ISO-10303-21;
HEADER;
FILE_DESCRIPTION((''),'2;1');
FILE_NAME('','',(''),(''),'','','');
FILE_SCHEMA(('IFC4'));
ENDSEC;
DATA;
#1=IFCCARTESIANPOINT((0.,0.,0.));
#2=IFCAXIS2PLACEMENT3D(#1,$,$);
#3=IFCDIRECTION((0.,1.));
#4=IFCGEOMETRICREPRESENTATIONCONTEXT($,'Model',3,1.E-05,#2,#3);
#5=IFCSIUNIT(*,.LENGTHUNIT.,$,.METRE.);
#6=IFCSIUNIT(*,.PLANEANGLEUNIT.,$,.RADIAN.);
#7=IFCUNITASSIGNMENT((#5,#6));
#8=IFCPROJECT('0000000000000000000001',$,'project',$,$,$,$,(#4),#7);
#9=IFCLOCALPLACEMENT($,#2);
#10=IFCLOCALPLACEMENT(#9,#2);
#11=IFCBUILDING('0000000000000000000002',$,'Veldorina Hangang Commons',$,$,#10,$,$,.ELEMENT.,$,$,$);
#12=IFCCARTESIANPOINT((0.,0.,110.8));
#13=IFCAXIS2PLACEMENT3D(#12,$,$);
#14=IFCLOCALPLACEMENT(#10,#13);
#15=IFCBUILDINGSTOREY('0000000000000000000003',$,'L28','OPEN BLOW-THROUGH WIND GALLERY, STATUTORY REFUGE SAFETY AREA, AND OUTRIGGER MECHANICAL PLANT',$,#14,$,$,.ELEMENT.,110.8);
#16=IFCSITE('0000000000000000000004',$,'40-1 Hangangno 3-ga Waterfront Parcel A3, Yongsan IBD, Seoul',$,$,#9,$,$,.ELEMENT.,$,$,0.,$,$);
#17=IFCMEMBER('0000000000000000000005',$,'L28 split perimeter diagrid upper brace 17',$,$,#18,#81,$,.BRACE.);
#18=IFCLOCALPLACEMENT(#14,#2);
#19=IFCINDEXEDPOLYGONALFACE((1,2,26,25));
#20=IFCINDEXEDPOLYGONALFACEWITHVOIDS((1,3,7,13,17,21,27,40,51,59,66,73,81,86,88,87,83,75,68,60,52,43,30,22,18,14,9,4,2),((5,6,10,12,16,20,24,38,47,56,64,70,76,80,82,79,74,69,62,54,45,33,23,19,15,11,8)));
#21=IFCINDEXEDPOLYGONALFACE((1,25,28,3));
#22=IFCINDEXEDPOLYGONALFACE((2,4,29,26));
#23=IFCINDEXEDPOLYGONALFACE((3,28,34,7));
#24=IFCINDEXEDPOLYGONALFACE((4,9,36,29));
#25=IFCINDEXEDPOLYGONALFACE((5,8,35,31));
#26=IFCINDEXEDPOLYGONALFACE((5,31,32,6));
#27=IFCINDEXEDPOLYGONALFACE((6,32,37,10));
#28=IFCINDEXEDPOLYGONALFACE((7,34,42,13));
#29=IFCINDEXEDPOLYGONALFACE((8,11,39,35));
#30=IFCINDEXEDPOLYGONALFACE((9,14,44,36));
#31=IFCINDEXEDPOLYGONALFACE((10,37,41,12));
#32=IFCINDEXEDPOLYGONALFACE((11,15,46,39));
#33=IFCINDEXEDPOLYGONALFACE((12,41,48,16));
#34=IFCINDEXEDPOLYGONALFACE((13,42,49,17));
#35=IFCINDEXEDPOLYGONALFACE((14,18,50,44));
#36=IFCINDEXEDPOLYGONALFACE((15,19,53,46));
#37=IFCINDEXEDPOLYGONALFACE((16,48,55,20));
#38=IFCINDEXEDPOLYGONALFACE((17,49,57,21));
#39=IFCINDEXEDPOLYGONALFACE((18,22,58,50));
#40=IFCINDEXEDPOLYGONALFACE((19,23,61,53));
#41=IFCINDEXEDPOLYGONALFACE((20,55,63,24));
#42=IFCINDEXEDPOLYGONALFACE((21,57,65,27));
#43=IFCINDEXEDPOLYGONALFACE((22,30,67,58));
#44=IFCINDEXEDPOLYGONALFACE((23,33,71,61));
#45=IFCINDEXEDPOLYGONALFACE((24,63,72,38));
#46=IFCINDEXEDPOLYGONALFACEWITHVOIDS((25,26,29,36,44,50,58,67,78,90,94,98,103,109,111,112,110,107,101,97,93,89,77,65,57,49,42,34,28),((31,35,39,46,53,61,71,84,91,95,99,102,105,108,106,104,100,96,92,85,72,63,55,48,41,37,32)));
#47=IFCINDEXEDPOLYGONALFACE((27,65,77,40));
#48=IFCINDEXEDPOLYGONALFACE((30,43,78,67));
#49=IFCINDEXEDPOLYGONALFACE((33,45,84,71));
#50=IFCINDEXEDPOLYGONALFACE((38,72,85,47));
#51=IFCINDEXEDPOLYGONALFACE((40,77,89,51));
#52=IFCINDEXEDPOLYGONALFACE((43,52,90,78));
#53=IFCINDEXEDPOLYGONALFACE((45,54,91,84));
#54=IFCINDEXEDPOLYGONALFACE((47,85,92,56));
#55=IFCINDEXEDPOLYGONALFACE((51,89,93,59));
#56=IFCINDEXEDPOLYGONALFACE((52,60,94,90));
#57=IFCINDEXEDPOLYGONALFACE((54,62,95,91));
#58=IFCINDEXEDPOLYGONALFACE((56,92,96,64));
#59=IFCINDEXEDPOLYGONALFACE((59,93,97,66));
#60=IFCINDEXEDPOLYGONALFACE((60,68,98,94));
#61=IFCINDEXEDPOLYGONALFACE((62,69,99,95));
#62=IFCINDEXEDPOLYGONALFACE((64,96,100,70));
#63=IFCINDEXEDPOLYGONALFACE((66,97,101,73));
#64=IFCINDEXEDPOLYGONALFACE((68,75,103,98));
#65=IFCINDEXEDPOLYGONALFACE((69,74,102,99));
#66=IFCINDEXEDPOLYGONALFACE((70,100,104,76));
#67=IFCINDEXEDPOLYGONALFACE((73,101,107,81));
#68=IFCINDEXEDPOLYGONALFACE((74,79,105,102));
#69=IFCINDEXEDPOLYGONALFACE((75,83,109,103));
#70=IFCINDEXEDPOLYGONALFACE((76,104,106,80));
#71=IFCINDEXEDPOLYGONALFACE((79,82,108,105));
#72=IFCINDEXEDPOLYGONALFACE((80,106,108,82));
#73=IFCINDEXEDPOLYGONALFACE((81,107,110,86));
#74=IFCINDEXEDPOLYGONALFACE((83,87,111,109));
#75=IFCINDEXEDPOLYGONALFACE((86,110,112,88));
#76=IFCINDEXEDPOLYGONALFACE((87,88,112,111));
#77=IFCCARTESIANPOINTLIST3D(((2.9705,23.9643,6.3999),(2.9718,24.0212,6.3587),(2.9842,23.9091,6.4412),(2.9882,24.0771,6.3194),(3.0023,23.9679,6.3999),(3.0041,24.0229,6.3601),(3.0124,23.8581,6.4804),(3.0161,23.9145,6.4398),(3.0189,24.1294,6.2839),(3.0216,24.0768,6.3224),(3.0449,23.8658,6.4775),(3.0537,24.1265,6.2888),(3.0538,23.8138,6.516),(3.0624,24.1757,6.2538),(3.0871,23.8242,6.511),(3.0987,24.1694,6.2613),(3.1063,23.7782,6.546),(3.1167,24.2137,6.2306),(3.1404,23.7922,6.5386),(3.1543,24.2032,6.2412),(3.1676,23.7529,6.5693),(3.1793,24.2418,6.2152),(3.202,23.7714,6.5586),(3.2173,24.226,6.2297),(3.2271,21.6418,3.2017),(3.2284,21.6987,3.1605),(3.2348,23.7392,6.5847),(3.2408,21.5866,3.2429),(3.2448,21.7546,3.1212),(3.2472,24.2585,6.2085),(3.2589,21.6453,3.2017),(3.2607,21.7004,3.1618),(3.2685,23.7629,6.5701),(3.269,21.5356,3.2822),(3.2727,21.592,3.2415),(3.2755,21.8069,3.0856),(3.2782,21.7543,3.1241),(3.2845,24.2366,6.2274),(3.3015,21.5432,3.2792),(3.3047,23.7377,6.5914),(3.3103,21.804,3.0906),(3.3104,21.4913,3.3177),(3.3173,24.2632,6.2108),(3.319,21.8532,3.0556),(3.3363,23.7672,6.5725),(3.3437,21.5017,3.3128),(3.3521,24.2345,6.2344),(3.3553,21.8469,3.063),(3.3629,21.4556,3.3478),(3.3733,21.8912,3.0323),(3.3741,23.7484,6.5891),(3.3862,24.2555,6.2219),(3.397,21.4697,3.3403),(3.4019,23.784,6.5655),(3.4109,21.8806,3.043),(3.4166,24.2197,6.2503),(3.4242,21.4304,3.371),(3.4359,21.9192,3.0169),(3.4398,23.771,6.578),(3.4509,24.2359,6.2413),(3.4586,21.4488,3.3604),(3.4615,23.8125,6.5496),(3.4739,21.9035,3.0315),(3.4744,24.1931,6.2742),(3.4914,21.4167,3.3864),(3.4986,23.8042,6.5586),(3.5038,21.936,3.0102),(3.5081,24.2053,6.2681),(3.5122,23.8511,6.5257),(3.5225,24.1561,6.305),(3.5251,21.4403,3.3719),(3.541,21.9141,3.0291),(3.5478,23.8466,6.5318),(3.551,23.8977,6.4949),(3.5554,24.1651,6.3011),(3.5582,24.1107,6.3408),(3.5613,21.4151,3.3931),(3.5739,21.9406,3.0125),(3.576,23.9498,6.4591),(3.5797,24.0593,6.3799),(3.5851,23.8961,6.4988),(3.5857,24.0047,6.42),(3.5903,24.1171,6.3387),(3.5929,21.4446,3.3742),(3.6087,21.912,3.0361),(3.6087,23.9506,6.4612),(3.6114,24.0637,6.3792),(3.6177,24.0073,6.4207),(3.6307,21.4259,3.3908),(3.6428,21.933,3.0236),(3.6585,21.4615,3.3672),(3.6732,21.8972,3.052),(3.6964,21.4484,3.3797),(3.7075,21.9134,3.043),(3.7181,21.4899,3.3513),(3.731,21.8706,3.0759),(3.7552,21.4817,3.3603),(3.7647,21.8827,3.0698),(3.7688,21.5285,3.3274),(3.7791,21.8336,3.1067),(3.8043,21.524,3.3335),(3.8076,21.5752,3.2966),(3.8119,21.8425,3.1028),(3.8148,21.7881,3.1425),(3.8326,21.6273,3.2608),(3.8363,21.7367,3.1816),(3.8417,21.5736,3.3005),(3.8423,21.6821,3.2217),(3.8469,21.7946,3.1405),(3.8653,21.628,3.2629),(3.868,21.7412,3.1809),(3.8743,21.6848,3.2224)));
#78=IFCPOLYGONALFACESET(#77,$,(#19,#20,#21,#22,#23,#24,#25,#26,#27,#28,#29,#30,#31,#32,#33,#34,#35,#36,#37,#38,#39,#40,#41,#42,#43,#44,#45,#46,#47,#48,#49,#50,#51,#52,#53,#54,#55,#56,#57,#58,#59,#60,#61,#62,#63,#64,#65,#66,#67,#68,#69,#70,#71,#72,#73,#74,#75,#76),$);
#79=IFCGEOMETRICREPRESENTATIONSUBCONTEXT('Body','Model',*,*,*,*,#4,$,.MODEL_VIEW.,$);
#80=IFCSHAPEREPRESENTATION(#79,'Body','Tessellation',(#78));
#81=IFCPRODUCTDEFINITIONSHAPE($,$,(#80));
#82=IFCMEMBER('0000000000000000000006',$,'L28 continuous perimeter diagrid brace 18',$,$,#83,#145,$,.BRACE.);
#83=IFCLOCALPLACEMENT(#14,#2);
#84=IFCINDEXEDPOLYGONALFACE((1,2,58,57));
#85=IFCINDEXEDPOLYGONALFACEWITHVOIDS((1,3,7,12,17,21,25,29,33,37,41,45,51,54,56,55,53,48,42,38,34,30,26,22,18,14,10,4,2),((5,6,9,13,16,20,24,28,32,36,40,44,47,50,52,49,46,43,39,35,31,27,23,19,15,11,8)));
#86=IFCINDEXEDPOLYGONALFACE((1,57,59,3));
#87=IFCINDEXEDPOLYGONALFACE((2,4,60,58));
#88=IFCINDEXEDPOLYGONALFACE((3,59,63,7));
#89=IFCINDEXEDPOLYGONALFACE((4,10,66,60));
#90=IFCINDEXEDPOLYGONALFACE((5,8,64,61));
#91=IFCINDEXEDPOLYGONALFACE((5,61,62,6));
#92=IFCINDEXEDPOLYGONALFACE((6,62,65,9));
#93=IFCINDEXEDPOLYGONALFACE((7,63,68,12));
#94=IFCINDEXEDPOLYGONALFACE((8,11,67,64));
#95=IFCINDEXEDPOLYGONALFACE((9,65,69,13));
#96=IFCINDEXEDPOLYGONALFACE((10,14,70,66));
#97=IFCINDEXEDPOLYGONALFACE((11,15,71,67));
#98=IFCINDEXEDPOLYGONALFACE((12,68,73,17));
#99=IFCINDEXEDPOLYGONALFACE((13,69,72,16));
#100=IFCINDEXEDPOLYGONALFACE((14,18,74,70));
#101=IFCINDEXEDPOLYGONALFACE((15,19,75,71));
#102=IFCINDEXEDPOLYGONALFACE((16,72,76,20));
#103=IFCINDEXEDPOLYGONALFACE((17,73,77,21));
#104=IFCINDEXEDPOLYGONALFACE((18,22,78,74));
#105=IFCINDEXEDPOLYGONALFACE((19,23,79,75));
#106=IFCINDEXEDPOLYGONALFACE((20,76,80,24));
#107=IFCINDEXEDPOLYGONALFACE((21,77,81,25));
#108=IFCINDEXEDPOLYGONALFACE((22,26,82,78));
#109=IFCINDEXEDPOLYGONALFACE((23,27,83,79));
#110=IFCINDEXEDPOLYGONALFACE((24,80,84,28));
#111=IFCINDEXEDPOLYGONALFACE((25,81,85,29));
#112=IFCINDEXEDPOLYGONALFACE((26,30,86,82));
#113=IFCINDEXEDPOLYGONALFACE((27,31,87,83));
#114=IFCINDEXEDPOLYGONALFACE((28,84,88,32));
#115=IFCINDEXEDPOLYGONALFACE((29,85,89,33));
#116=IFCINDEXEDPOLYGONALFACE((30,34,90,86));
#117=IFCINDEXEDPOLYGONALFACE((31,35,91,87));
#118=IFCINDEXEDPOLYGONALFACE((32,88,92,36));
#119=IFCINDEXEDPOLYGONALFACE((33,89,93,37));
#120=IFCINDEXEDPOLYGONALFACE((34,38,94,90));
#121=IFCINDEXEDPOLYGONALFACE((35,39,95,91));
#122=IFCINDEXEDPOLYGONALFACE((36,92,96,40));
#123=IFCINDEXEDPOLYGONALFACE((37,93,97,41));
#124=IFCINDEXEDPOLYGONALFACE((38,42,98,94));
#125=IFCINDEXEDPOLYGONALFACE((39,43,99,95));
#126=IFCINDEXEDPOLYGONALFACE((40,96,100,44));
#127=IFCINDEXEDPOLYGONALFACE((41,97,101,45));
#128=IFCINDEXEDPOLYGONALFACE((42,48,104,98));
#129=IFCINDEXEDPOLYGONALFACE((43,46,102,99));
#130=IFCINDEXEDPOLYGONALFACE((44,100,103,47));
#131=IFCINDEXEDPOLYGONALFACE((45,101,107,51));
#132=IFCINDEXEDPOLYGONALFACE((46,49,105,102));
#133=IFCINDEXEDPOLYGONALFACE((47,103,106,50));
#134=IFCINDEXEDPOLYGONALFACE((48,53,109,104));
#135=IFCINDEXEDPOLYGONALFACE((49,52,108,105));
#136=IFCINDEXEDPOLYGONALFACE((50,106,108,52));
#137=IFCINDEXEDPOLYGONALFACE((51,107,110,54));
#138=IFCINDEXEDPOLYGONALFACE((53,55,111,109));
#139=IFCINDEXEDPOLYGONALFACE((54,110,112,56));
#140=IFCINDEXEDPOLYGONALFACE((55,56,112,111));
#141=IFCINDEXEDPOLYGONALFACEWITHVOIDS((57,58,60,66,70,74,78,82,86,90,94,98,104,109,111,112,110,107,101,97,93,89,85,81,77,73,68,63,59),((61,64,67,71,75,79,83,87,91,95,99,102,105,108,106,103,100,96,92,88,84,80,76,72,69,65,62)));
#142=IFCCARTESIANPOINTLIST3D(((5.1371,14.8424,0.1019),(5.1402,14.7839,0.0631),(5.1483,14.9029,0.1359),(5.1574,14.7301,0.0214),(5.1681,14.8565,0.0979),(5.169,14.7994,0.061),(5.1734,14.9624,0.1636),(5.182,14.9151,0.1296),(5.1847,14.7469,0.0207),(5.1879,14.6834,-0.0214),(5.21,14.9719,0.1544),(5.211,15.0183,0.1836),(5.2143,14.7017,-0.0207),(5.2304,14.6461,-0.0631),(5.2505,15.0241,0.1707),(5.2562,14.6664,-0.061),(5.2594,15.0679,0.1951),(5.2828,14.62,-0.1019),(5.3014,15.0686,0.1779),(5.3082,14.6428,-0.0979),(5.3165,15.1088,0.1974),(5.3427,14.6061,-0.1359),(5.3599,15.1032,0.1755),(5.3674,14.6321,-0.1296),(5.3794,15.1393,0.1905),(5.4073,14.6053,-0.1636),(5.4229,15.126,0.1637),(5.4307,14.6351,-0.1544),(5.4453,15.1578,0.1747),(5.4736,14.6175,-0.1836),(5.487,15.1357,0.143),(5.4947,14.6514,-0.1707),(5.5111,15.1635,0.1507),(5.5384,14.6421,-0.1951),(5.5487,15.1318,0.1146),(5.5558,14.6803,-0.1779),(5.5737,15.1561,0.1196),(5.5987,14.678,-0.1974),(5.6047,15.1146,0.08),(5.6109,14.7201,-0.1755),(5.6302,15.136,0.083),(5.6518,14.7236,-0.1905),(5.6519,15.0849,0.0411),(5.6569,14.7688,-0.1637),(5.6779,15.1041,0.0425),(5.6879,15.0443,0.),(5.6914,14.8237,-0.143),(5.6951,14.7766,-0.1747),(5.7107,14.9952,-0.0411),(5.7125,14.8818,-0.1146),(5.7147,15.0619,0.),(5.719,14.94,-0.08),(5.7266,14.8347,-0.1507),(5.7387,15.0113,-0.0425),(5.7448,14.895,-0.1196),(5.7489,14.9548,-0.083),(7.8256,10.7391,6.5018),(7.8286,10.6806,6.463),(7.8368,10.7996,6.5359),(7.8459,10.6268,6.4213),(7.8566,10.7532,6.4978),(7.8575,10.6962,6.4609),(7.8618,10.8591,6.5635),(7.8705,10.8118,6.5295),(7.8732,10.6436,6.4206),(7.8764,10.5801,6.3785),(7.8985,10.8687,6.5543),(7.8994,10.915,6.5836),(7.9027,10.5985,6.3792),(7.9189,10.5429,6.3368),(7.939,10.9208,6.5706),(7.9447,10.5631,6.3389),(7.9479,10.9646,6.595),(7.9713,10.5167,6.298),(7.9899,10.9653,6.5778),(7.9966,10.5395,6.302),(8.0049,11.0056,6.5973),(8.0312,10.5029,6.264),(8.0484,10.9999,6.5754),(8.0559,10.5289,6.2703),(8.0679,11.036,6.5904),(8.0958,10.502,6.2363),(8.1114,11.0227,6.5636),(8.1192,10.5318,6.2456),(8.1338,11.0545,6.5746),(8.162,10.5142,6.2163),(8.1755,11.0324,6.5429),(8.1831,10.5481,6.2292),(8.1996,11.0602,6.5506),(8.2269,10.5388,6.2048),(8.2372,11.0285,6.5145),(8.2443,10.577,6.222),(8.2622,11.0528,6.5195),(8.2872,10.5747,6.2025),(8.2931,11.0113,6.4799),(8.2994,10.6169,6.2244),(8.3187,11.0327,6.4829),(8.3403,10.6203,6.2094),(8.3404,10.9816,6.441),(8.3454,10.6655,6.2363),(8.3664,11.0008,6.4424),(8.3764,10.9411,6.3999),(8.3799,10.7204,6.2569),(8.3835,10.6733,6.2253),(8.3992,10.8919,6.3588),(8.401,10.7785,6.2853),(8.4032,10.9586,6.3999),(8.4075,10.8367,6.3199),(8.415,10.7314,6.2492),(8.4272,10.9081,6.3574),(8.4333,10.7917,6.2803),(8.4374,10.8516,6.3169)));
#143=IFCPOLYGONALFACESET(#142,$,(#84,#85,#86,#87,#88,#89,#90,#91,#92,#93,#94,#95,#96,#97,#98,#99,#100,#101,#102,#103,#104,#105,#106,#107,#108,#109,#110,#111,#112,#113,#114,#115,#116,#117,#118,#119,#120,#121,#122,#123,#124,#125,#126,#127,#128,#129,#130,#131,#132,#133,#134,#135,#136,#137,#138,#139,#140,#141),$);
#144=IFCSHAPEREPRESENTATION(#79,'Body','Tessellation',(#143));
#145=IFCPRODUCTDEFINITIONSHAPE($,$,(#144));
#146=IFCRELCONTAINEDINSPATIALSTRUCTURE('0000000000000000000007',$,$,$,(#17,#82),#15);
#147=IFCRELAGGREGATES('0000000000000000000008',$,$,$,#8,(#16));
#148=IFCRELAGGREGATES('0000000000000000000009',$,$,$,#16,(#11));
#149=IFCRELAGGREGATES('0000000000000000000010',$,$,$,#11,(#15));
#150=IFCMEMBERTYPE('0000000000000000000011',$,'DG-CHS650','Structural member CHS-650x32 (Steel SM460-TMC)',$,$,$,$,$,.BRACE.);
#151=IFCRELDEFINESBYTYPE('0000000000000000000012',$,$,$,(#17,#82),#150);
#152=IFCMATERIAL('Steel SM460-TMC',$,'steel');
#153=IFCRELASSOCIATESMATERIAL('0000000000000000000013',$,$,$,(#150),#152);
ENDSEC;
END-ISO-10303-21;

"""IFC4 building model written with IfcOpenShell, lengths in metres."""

from ifc_helpers import new_model, si_unit, direction, frame, origin, origin_2d, place, context, subcontext, project, spatial, hollow_circle, extrude, material, material_profile, profile_set, type_object, element, save


model = new_model("IFC4")

# Units and contexts
model_context = context("Model", 3, precision=1e-05, world=origin(), true_north=direction((0.0, 1.0)))
body_context = subcontext(model_context, "Body", "Model", "MODEL_VIEW")
ifc_project = project(units=[si_unit("LENGTHUNIT", "METRE"), si_unit("PLANEANGLEUNIT", "RADIAN")], contexts=[model_context])

# Site, building, storey
site_placement = place(None, origin())
site = spatial("IfcSite", under=ifc_project, at=site_placement, Name="40-1 Hangangno 3-ga Waterfront Parcel A3, Yongsan IBD, Seoul", CompositionType="ELEMENT", RefElevation=0.0)
building_placement = place(site_placement, origin())
building = spatial("IfcBuilding", under=site, at=building_placement, Name="Veldorina Hangang Commons", CompositionType="ELEMENT")
storey_placement = place(building_placement, frame((0.0, 0.0, 110.8)))
storey = spatial("IfcBuildingStorey", under=building, at=storey_placement, Name="L28", Description="OPEN BLOW-THROUGH WIND GALLERY, STATUTORY REFUGE SAFETY AREA, AND OUTRIGGER MECHANICAL PLANT", CompositionType="ELEMENT", Elevation=110.8)

# Shared definitions
ifc_material_1 = material(Name="Steel SM460-TMC", Category="steel")

# Members
ifc_material_profile_1 = material_profile(ifc_material_1, hollow_circle(Radius=0.325, WallThickness=0.032, at=origin_2d()), Name="CHS-650x32")
ifc_profile_set_1 = profile_set([ifc_material_profile_1], Name="Steel SM460-TMC")
member_type_1 = type_object("IfcMemberType", Name="DG-CHS650", Description="Structural member CHS-650x32 (Steel SM460-TMC)", PredefinedType="BRACE", material=ifc_profile_set_1)
member_1_placement = place(storey_placement, frame((3.55, 21.6775, 3.2017), z_axis=(-0.064781, 0.586361, 0.807456), x_axis=(-0.993952, -0.109812, 0.0)))
element("IfcMember", 1, at=member_1_placement, inside=storey, type_object=member_type_1, Name="L28 split perimeter diagrid upper brace 17", PredefinedType="BRACE", context=body_context, shape_type="SweptSolid", body=[
    extrude(hollow_circle(Radius=0.325, WallThickness=0.032, at=origin_2d()), origin(), (0.0, 0.0, 1.0), 3.9609),
])
member_2_placement = place(storey_placement, frame((5.4429, 14.8838, 0.0), z_axis=(0.333404, -0.508856, 0.793667), x_axis=(0.836449, 0.548044, 0.0)))
element("IfcMember", 2, at=member_2_placement, inside=storey, type_object=member_type_1, Name="L28 continuous perimeter diagrid brace 18", PredefinedType="BRACE", context=body_context, shape_type="SweptSolid", body=[
    extrude(hollow_circle(Radius=0.325, WallThickness=0.032, at=origin_2d()), origin(), (0.0, 0.0, 1.0), 8.0637),
])

save(model, "model.ifc")
